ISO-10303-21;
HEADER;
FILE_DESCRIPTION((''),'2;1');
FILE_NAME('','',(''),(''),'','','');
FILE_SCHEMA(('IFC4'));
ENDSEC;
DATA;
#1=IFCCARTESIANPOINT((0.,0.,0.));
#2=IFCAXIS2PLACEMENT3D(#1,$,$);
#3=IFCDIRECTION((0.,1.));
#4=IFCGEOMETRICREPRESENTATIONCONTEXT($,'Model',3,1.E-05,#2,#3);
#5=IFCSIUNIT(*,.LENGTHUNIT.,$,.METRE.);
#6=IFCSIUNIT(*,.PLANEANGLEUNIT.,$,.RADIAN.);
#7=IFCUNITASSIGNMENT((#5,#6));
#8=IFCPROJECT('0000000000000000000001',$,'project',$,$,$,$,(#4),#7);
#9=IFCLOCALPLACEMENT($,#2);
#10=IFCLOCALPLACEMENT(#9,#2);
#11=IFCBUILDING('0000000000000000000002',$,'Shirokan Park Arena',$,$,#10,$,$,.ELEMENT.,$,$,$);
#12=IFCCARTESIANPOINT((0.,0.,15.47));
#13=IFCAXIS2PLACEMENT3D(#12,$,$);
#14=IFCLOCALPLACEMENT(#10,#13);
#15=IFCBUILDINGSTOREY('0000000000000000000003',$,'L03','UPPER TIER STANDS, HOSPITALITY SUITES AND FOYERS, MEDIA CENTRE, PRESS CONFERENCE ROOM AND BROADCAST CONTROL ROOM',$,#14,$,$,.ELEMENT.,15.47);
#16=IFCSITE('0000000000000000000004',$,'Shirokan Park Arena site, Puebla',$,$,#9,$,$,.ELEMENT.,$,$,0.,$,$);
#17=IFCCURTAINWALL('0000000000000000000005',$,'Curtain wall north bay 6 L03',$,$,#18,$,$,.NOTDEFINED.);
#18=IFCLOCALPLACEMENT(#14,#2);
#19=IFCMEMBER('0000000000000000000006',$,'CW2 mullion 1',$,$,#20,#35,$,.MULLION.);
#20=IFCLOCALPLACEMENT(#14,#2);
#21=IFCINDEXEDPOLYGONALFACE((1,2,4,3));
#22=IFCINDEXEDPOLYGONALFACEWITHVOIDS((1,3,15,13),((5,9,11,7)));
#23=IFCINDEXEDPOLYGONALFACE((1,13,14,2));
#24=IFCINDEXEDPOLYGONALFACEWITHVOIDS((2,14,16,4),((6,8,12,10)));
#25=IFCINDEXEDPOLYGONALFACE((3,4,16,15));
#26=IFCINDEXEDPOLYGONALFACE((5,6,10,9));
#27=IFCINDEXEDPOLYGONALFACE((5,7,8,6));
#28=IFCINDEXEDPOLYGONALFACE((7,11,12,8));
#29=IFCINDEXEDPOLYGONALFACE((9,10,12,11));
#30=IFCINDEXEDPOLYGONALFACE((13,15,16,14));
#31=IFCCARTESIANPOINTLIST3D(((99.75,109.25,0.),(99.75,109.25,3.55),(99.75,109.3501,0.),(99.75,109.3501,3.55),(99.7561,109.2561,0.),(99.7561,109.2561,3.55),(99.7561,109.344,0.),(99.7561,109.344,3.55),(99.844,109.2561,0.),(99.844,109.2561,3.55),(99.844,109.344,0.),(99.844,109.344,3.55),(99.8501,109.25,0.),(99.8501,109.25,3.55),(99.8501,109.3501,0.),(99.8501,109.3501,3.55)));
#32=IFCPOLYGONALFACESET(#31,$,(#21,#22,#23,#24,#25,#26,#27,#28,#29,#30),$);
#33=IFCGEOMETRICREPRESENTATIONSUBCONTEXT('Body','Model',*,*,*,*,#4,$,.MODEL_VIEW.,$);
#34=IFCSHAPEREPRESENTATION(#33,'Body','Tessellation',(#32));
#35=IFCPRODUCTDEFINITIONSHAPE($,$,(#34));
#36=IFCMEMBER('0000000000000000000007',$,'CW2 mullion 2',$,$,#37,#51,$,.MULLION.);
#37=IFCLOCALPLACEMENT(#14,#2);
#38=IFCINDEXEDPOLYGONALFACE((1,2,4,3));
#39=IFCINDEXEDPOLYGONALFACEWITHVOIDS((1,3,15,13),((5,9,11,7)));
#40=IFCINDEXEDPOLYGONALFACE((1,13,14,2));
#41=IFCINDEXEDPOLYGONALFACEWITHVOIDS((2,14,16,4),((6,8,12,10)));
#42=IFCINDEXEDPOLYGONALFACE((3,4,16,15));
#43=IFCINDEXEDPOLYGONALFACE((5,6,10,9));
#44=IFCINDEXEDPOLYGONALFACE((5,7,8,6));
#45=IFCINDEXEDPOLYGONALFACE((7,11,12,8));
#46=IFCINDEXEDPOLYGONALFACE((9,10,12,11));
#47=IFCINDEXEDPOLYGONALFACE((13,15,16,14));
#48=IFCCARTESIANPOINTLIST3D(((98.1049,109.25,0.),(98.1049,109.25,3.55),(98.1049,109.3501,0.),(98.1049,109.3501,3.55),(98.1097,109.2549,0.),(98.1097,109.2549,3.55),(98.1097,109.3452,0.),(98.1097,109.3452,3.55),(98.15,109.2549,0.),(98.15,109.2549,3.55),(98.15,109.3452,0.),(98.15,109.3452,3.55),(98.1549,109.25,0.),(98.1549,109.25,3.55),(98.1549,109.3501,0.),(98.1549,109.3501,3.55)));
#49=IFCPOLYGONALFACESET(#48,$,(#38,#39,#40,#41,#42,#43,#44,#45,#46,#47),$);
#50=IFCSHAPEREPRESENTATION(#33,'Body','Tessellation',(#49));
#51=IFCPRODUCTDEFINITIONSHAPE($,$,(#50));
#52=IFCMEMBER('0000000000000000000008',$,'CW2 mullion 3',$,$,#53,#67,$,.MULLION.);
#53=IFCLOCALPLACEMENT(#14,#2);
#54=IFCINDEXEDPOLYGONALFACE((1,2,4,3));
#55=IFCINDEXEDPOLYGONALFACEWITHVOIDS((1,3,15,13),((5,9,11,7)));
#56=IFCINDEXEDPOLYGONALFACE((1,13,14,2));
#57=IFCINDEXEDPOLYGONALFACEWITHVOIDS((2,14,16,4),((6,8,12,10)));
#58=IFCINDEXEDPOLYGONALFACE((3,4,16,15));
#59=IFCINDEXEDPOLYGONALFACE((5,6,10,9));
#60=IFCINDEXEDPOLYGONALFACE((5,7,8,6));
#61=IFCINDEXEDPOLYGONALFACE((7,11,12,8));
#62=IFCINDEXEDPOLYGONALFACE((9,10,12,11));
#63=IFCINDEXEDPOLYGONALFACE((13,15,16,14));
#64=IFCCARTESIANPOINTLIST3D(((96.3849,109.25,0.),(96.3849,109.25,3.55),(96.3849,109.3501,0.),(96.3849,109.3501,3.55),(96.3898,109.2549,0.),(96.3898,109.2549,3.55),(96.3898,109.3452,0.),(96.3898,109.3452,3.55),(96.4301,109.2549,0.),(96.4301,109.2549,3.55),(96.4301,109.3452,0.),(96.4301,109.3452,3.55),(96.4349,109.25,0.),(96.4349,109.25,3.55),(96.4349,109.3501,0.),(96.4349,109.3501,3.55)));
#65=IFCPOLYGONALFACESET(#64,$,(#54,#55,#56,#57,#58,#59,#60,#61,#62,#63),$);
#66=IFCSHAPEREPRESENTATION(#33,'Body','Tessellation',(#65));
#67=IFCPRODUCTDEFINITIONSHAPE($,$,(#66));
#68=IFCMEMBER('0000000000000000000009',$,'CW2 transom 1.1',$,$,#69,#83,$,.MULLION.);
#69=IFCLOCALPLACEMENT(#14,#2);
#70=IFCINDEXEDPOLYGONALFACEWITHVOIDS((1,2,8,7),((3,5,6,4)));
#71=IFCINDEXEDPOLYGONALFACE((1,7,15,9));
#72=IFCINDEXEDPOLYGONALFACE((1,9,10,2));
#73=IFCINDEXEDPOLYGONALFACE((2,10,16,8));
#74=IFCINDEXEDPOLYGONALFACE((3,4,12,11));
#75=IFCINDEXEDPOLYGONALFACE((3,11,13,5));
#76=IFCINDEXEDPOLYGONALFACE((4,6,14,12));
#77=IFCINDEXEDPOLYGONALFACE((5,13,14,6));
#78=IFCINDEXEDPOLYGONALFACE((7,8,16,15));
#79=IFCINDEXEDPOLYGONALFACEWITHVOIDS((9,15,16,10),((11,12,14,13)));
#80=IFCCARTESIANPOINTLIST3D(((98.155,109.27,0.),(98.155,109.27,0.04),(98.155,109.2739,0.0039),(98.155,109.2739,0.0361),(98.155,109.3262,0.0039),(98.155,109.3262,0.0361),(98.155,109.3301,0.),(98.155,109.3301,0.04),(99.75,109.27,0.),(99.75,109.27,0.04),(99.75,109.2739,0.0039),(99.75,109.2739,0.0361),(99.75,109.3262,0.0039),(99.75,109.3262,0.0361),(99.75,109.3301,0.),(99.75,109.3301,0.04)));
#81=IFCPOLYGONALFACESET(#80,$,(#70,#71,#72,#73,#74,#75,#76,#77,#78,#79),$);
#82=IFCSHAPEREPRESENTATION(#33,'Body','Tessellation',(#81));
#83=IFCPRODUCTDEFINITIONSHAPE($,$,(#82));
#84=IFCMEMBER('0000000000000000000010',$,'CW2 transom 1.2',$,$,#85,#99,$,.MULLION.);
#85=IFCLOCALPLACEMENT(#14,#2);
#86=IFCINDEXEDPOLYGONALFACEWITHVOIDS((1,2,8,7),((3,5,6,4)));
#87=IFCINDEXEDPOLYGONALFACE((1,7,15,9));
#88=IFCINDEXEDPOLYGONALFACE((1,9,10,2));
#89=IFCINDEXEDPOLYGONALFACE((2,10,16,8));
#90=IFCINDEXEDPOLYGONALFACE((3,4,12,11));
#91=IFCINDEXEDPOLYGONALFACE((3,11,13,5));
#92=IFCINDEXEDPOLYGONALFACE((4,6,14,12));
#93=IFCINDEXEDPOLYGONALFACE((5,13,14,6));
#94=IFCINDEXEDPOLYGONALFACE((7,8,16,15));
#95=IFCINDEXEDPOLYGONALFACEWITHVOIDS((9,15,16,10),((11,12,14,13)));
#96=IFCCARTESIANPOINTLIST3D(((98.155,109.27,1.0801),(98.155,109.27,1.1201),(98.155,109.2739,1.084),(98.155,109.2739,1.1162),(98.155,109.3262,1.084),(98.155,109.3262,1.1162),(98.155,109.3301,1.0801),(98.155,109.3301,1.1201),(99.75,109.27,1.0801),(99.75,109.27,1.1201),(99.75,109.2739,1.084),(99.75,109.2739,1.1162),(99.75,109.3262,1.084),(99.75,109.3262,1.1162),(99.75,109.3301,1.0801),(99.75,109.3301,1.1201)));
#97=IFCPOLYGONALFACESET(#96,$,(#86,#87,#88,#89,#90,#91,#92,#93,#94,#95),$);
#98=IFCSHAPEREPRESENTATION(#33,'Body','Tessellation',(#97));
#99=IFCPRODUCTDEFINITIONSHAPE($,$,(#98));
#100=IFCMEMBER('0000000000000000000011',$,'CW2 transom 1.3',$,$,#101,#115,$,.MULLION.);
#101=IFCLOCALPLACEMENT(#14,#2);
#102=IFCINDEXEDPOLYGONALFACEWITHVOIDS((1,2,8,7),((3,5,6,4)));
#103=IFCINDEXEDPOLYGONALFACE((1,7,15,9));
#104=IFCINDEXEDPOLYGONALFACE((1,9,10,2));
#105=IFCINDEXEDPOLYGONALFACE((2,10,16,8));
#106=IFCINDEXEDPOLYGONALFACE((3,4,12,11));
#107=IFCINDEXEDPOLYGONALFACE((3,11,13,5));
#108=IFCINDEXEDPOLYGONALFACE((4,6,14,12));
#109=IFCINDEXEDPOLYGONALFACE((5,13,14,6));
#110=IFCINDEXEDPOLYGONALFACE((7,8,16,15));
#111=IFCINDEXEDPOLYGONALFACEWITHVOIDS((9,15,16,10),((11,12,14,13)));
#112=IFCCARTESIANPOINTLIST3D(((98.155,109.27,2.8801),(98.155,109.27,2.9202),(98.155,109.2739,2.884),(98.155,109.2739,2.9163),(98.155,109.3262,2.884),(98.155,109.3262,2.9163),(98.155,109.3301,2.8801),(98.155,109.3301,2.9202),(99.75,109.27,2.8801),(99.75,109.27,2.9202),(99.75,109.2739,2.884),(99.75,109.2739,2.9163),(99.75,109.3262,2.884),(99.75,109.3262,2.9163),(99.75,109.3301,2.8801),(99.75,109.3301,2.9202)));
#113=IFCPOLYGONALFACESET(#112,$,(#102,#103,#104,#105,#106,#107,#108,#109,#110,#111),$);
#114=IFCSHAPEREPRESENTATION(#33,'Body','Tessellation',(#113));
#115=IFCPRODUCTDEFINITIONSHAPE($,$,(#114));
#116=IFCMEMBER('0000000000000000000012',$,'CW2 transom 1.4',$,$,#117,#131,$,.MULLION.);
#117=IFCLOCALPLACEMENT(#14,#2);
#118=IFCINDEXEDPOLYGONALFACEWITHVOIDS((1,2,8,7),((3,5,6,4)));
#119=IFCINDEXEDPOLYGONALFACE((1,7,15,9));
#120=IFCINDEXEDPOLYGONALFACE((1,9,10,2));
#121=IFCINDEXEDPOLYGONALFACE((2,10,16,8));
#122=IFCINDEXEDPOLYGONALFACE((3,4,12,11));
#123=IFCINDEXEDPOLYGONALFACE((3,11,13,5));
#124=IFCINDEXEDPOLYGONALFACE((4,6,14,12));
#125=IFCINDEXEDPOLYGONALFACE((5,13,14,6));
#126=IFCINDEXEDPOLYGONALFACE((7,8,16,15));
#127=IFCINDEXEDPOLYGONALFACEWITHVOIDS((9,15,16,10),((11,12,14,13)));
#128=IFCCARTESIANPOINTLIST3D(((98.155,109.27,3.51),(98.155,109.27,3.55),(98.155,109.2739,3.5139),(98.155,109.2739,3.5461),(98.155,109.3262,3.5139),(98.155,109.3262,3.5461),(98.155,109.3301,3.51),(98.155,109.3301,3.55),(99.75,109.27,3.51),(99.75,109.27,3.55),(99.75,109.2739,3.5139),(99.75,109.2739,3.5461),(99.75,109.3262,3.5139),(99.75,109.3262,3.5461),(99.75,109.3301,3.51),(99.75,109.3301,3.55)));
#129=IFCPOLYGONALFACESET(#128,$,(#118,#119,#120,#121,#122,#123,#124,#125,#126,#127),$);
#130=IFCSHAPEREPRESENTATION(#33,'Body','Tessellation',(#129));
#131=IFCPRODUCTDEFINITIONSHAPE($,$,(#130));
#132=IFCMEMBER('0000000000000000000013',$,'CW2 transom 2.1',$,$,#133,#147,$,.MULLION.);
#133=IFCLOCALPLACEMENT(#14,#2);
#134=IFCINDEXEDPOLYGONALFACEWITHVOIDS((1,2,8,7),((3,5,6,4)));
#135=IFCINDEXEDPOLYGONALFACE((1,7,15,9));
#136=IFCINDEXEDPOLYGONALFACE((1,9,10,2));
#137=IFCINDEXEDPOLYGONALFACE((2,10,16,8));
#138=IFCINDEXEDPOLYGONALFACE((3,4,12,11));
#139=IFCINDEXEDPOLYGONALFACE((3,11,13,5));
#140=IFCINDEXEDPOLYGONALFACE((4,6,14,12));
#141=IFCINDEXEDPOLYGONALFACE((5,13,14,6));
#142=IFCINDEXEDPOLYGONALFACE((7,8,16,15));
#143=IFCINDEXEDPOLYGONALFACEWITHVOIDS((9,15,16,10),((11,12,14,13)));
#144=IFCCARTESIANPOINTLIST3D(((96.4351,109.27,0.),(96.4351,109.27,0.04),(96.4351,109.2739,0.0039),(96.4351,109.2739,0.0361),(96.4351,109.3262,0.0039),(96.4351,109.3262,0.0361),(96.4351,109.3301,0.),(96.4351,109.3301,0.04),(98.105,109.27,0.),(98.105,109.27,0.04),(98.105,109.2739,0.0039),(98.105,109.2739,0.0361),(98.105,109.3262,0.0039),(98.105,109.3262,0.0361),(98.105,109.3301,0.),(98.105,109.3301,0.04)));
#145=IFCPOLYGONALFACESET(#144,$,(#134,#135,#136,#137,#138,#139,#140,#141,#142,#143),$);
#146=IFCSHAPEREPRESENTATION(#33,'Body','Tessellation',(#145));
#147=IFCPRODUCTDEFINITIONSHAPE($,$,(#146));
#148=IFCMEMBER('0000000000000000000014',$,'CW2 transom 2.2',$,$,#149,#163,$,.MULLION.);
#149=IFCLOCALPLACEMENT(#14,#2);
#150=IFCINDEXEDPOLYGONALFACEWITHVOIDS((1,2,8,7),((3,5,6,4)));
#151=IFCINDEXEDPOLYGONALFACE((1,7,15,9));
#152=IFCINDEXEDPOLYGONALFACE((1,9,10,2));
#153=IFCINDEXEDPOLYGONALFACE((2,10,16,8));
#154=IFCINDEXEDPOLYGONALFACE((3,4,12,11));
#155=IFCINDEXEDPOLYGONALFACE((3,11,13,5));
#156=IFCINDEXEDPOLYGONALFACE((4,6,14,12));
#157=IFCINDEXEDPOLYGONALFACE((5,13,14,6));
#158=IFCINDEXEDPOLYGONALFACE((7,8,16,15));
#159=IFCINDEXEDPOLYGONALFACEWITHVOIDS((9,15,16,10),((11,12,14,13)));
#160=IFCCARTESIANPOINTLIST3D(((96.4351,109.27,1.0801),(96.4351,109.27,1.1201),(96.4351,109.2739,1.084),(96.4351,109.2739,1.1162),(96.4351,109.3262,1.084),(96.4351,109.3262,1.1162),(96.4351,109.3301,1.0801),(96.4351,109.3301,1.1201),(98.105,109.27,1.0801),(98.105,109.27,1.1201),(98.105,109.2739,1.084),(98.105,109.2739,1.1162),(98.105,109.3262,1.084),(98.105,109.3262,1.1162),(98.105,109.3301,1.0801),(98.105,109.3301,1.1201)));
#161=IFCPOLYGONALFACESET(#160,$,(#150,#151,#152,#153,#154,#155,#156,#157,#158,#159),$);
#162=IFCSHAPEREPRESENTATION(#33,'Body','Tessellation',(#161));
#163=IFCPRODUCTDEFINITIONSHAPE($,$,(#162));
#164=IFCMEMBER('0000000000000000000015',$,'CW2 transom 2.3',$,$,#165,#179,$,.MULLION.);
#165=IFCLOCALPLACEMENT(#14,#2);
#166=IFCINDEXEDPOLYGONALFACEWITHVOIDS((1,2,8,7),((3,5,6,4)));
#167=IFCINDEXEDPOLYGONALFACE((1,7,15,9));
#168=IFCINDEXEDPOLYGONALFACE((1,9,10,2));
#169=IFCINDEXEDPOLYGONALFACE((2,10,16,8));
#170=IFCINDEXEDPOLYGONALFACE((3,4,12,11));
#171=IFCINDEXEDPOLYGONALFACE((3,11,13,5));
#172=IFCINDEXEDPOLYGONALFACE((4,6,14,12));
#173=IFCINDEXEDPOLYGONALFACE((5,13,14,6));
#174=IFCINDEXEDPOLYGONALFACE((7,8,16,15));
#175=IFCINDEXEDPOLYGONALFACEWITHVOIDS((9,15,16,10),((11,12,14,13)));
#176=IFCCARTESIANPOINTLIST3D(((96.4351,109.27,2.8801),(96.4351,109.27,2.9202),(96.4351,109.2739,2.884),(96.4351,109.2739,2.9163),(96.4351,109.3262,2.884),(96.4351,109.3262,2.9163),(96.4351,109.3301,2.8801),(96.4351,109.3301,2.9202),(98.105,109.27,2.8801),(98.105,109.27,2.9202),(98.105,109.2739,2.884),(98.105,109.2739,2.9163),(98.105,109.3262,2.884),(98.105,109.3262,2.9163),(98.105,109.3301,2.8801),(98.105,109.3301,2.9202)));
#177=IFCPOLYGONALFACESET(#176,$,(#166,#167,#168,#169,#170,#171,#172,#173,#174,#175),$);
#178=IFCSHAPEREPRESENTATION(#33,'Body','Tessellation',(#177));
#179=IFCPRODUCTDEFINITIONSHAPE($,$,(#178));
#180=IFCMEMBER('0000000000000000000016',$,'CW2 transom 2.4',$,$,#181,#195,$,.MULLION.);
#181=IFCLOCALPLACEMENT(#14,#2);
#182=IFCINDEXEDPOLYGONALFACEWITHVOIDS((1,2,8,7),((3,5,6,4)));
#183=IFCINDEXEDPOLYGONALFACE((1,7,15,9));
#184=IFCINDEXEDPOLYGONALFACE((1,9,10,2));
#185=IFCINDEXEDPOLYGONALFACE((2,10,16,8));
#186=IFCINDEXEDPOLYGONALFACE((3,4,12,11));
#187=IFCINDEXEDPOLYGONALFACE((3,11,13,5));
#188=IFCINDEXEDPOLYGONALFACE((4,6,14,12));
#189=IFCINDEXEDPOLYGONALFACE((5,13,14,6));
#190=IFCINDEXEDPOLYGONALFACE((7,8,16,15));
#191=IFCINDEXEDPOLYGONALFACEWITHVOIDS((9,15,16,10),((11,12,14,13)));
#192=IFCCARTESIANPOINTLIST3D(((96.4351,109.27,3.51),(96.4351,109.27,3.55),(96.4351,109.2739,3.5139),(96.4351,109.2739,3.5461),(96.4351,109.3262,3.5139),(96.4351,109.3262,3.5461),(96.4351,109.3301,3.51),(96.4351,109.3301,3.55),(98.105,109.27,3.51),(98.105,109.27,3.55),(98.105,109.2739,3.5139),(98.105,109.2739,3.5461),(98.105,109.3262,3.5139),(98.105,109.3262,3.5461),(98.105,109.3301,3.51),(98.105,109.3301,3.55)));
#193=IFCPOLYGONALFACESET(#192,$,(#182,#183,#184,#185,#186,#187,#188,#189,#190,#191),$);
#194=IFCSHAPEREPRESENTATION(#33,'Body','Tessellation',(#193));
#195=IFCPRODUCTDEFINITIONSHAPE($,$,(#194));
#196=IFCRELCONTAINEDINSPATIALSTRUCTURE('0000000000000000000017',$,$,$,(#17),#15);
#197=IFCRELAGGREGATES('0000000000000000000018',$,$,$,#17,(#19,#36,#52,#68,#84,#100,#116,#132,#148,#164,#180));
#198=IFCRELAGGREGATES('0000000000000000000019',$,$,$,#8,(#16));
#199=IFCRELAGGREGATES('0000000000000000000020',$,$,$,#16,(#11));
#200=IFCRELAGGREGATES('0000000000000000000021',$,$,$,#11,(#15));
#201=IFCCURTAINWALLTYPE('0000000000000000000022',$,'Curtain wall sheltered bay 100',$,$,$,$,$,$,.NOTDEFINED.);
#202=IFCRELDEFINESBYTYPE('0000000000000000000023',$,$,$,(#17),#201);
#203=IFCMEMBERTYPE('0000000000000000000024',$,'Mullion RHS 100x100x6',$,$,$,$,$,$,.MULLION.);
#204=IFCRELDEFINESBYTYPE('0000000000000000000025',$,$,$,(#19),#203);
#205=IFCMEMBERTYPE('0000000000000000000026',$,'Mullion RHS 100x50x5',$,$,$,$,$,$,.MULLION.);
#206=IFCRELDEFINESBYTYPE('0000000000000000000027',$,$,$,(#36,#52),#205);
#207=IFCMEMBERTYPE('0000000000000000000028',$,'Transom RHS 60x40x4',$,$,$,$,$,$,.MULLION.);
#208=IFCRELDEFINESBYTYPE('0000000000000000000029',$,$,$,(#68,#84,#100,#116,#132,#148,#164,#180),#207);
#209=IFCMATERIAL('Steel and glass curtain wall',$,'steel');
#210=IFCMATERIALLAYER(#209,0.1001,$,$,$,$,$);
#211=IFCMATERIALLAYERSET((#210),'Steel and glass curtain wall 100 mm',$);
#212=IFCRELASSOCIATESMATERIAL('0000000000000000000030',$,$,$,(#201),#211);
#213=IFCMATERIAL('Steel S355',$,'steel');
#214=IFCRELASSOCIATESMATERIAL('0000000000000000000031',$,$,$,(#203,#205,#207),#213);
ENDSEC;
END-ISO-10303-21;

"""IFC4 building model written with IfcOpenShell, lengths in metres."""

from ifc_helpers import new_model, si_unit, direction, frame, origin, origin_2d, place, context, subcontext, project, spatial, hollow_rectangle, extrude, material, layer, layer_set, material_profile, profile_set, type_object, element, aggregate, save


model = new_model("IFC4")

# Units and contexts
model_context = context("Model", 3, precision=1e-05, world=origin(), true_north=direction((0.0, 1.0)))
body_context = subcontext(model_context, "Body", "Model", "MODEL_VIEW")
ifc_project = project(units=[si_unit("LENGTHUNIT", "METRE"), si_unit("PLANEANGLEUNIT", "RADIAN")], contexts=[model_context])

# Site, building, storey
site_placement = place(None, origin())
site = spatial("IfcSite", under=ifc_project, at=site_placement, Name="Shirokan Park Arena site, Puebla", CompositionType="ELEMENT", RefElevation=0.0)
building_placement = place(site_placement, origin())
building = spatial("IfcBuilding", under=site, at=building_placement, Name="Shirokan Park Arena", CompositionType="ELEMENT")
storey_placement = place(building_placement, frame((0.0, 0.0, 15.47)))
storey = spatial("IfcBuildingStorey", under=building, at=storey_placement, Name="L03", Description="UPPER TIER STANDS, HOSPITALITY SUITES AND FOYERS, MEDIA CENTRE, PRESS CONFERENCE ROOM AND BROADCAST CONTROL ROOM", CompositionType="ELEMENT", Elevation=15.47)

# Curtain wall, members
ifc_material_1 = material(Name="Steel and glass curtain wall", Category="steel")
ifc_layer_1 = layer(ifc_material_1, 0.1001)
ifc_layer_set_1 = layer_set([ifc_layer_1], Name="Steel and glass curtain wall 100 mm")
curtain_wall_type = type_object("IfcCurtainWallType", Name="Curtain wall sheltered bay 100", PredefinedType="NOTDEFINED", material=ifc_layer_set_1)
curtain_wall_placement = place(storey_placement, origin())
curtain_wall = element("IfcCurtainWall", 1, at=curtain_wall_placement, inside=storey, type_object=curtain_wall_type, Name="Curtain wall north bay 6 L03", PredefinedType="NOTDEFINED")
ifc_material_2 = material(Name="Steel S355", Category="steel")
ifc_material_profile_1 = material_profile(ifc_material_2, hollow_rectangle(XDim=0.1001, YDim=0.1001, WallThickness=0.0061, at=origin_2d()), Name="RHS 100x100x6")
ifc_profile_set_1 = profile_set([ifc_material_profile_1], Name="Steel S355")
member_type_1 = type_object("IfcMemberType", Name="Mullion RHS 100x100x6", PredefinedType="MULLION", material=ifc_profile_set_1)
member_1_placement = place(storey_placement, frame((99.8, 109.3, 0.0), z_axis=(0.0, 0.0, 1.0), x_axis=(0.0, -1.0, 0.0)))
member_1 = element("IfcMember", 2, at=member_1_placement, type_object=member_type_1, Name="CW2 mullion 1", PredefinedType="MULLION", context=body_context, shape_type="SweptSolid", body=[
    extrude(hollow_rectangle(XDim=0.1001, YDim=0.1001, WallThickness=0.0061, at=origin_2d()), origin(), (0.0, 0.0, 1.0), 3.55),
])
ifc_material_profile_2 = material_profile(ifc_material_2, hollow_rectangle(XDim=0.1001, YDim=0.05, WallThickness=0.0049, at=origin_2d()), Name="RHS 100x50x5")
ifc_profile_set_2 = profile_set([ifc_material_profile_2], Name="Steel S355")
member_type_2 = type_object("IfcMemberType", Name="Mullion RHS 100x50x5", PredefinedType="MULLION", material=ifc_profile_set_2)
member_2_placement = place(storey_placement, frame((98.1299, 109.3, 0.0), z_axis=(0.0, 0.0, 1.0), x_axis=(0.0, -1.0, 0.0)))
member_2 = element("IfcMember", 3, at=member_2_placement, type_object=member_type_2, Name="CW2 mullion 2", PredefinedType="MULLION", context=body_context, shape_type="SweptSolid", body=[
    extrude(hollow_rectangle(XDim=0.1001, YDim=0.05, WallThickness=0.0049, at=origin_2d()), origin(), (0.0, 0.0, 1.0), 3.55),
])
member_3_placement = place(storey_placement, frame((96.4099, 109.3, 0.0), z_axis=(0.0, 0.0, 1.0), x_axis=(0.0, -1.0, 0.0)))
member_3 = element("IfcMember", 4, at=member_3_placement, type_object=member_type_2, Name="CW2 mullion 3", PredefinedType="MULLION", context=body_context, shape_type="SweptSolid", body=[
    extrude(hollow_rectangle(XDim=0.1001, YDim=0.05, WallThickness=0.0049, at=origin_2d()), origin(), (0.0, 0.0, 1.0), 3.55),
])
ifc_material_profile_3 = material_profile(ifc_material_2, hollow_rectangle(XDim=0.0601, YDim=0.04, WallThickness=0.0039, at=origin_2d()), Name="RHS 60x40x4")
ifc_profile_set_3 = profile_set([ifc_material_profile_3], Name="Steel S355")
member_type_3 = type_object("IfcMemberType", Name="Transom RHS 60x40x4", PredefinedType="MULLION", material=ifc_profile_set_3)
member_4_placement = place(storey_placement, frame((99.75, 109.3, 0.02), z_axis=(-1.0, 0.0, 0.0), x_axis=(0.0, -1.0, 0.0)))
member_4 = element("IfcMember", 5, at=member_4_placement, type_object=member_type_3, Name="CW2 transom 1.1", PredefinedType="MULLION", context=body_context, shape_type="SweptSolid", body=[
    extrude(hollow_rectangle(XDim=0.0601, YDim=0.04, WallThickness=0.0039, at=origin_2d()), origin(), (0.0, 0.0, 1.0), 1.595),
])
member_5_placement = place(storey_placement, frame((99.75, 109.3, 1.1001), z_axis=(-1.0, 0.0, 0.0), x_axis=(0.0, -1.0, 0.0)))
member_5 = element("IfcMember", 6, at=member_5_placement, type_object=member_type_3, Name="CW2 transom 1.2", PredefinedType="MULLION", context=body_context, shape_type="SweptSolid", body=[
    extrude(hollow_rectangle(XDim=0.0601, YDim=0.04, WallThickness=0.0039, at=origin_2d()), origin(), (0.0, 0.0, 1.0), 1.595),
])
member_6_placement = place(storey_placement, frame((99.75, 109.3, 2.9001), z_axis=(-1.0, 0.0, 0.0), x_axis=(0.0, -1.0, 0.0)))
member_6 = element("IfcMember", 7, at=member_6_placement, type_object=member_type_3, Name="CW2 transom 1.3", PredefinedType="MULLION", context=body_context, shape_type="SweptSolid", body=[
    extrude(hollow_rectangle(XDim=0.0601, YDim=0.04, WallThickness=0.0039, at=origin_2d()), origin(), (0.0, 0.0, 1.0), 1.595),
])
member_7_placement = place(storey_placement, frame((99.75, 109.3, 3.53), z_axis=(-1.0, 0.0, 0.0), x_axis=(0.0, -1.0, 0.0)))
member_7 = element("IfcMember", 8, at=member_7_placement, type_object=member_type_3, Name="CW2 transom 1.4", PredefinedType="MULLION", context=body_context, shape_type="SweptSolid", body=[
    extrude(hollow_rectangle(XDim=0.0601, YDim=0.04, WallThickness=0.0039, at=origin_2d()), origin(), (0.0, 0.0, 1.0), 1.595),
])
member_8_placement = place(storey_placement, frame((98.105, 109.3, 0.02), z_axis=(-1.0, 0.0, 0.0), x_axis=(0.0, -1.0, 0.0)))
member_8 = element("IfcMember", 9, at=member_8_placement, type_object=member_type_3, Name="CW2 transom 2.1", PredefinedType="MULLION", context=body_context, shape_type="SweptSolid", body=[
    extrude(hollow_rectangle(XDim=0.0601, YDim=0.04, WallThickness=0.0039, at=origin_2d()), origin(), (0.0, 0.0, 1.0), 1.6699),
])
member_9_placement = place(storey_placement, frame((98.105, 109.3, 1.1001), z_axis=(-1.0, 0.0, 0.0), x_axis=(0.0, -1.0, 0.0)))
member_9 = element("IfcMember", 10, at=member_9_placement, type_object=member_type_3, Name="CW2 transom 2.2", PredefinedType="MULLION", context=body_context, shape_type="SweptSolid", body=[
    extrude(hollow_rectangle(XDim=0.0601, YDim=0.04, WallThickness=0.0039, at=origin_2d()), origin(), (0.0, 0.0, 1.0), 1.6699),
])
member_10_placement = place(storey_placement, frame((98.105, 109.3, 2.9001), z_axis=(-1.0, 0.0, 0.0), x_axis=(0.0, -1.0, 0.0)))
member_10 = element("IfcMember", 11, at=member_10_placement, type_object=member_type_3, Name="CW2 transom 2.3", PredefinedType="MULLION", context=body_context, shape_type="SweptSolid", body=[
    extrude(hollow_rectangle(XDim=0.0601, YDim=0.04, WallThickness=0.0039, at=origin_2d()), origin(), (0.0, 0.0, 1.0), 1.6699),
])
member_11_placement = place(storey_placement, frame((98.105, 109.3, 3.53), z_axis=(-1.0, 0.0, 0.0), x_axis=(0.0, -1.0, 0.0)))
member_11 = element("IfcMember", 12, at=member_11_placement, type_object=member_type_3, Name="CW2 transom 2.4", PredefinedType="MULLION", context=body_context, shape_type="SweptSolid", body=[
    extrude(hollow_rectangle(XDim=0.0601, YDim=0.04, WallThickness=0.0039, at=origin_2d()), origin(), (0.0, 0.0, 1.0), 1.6699),
])
aggregate(curtain_wall, [member_1, member_2, member_3, member_4, member_5, member_6, member_7, member_8, member_9, member_10, member_11])

save(model, "model.ifc")
